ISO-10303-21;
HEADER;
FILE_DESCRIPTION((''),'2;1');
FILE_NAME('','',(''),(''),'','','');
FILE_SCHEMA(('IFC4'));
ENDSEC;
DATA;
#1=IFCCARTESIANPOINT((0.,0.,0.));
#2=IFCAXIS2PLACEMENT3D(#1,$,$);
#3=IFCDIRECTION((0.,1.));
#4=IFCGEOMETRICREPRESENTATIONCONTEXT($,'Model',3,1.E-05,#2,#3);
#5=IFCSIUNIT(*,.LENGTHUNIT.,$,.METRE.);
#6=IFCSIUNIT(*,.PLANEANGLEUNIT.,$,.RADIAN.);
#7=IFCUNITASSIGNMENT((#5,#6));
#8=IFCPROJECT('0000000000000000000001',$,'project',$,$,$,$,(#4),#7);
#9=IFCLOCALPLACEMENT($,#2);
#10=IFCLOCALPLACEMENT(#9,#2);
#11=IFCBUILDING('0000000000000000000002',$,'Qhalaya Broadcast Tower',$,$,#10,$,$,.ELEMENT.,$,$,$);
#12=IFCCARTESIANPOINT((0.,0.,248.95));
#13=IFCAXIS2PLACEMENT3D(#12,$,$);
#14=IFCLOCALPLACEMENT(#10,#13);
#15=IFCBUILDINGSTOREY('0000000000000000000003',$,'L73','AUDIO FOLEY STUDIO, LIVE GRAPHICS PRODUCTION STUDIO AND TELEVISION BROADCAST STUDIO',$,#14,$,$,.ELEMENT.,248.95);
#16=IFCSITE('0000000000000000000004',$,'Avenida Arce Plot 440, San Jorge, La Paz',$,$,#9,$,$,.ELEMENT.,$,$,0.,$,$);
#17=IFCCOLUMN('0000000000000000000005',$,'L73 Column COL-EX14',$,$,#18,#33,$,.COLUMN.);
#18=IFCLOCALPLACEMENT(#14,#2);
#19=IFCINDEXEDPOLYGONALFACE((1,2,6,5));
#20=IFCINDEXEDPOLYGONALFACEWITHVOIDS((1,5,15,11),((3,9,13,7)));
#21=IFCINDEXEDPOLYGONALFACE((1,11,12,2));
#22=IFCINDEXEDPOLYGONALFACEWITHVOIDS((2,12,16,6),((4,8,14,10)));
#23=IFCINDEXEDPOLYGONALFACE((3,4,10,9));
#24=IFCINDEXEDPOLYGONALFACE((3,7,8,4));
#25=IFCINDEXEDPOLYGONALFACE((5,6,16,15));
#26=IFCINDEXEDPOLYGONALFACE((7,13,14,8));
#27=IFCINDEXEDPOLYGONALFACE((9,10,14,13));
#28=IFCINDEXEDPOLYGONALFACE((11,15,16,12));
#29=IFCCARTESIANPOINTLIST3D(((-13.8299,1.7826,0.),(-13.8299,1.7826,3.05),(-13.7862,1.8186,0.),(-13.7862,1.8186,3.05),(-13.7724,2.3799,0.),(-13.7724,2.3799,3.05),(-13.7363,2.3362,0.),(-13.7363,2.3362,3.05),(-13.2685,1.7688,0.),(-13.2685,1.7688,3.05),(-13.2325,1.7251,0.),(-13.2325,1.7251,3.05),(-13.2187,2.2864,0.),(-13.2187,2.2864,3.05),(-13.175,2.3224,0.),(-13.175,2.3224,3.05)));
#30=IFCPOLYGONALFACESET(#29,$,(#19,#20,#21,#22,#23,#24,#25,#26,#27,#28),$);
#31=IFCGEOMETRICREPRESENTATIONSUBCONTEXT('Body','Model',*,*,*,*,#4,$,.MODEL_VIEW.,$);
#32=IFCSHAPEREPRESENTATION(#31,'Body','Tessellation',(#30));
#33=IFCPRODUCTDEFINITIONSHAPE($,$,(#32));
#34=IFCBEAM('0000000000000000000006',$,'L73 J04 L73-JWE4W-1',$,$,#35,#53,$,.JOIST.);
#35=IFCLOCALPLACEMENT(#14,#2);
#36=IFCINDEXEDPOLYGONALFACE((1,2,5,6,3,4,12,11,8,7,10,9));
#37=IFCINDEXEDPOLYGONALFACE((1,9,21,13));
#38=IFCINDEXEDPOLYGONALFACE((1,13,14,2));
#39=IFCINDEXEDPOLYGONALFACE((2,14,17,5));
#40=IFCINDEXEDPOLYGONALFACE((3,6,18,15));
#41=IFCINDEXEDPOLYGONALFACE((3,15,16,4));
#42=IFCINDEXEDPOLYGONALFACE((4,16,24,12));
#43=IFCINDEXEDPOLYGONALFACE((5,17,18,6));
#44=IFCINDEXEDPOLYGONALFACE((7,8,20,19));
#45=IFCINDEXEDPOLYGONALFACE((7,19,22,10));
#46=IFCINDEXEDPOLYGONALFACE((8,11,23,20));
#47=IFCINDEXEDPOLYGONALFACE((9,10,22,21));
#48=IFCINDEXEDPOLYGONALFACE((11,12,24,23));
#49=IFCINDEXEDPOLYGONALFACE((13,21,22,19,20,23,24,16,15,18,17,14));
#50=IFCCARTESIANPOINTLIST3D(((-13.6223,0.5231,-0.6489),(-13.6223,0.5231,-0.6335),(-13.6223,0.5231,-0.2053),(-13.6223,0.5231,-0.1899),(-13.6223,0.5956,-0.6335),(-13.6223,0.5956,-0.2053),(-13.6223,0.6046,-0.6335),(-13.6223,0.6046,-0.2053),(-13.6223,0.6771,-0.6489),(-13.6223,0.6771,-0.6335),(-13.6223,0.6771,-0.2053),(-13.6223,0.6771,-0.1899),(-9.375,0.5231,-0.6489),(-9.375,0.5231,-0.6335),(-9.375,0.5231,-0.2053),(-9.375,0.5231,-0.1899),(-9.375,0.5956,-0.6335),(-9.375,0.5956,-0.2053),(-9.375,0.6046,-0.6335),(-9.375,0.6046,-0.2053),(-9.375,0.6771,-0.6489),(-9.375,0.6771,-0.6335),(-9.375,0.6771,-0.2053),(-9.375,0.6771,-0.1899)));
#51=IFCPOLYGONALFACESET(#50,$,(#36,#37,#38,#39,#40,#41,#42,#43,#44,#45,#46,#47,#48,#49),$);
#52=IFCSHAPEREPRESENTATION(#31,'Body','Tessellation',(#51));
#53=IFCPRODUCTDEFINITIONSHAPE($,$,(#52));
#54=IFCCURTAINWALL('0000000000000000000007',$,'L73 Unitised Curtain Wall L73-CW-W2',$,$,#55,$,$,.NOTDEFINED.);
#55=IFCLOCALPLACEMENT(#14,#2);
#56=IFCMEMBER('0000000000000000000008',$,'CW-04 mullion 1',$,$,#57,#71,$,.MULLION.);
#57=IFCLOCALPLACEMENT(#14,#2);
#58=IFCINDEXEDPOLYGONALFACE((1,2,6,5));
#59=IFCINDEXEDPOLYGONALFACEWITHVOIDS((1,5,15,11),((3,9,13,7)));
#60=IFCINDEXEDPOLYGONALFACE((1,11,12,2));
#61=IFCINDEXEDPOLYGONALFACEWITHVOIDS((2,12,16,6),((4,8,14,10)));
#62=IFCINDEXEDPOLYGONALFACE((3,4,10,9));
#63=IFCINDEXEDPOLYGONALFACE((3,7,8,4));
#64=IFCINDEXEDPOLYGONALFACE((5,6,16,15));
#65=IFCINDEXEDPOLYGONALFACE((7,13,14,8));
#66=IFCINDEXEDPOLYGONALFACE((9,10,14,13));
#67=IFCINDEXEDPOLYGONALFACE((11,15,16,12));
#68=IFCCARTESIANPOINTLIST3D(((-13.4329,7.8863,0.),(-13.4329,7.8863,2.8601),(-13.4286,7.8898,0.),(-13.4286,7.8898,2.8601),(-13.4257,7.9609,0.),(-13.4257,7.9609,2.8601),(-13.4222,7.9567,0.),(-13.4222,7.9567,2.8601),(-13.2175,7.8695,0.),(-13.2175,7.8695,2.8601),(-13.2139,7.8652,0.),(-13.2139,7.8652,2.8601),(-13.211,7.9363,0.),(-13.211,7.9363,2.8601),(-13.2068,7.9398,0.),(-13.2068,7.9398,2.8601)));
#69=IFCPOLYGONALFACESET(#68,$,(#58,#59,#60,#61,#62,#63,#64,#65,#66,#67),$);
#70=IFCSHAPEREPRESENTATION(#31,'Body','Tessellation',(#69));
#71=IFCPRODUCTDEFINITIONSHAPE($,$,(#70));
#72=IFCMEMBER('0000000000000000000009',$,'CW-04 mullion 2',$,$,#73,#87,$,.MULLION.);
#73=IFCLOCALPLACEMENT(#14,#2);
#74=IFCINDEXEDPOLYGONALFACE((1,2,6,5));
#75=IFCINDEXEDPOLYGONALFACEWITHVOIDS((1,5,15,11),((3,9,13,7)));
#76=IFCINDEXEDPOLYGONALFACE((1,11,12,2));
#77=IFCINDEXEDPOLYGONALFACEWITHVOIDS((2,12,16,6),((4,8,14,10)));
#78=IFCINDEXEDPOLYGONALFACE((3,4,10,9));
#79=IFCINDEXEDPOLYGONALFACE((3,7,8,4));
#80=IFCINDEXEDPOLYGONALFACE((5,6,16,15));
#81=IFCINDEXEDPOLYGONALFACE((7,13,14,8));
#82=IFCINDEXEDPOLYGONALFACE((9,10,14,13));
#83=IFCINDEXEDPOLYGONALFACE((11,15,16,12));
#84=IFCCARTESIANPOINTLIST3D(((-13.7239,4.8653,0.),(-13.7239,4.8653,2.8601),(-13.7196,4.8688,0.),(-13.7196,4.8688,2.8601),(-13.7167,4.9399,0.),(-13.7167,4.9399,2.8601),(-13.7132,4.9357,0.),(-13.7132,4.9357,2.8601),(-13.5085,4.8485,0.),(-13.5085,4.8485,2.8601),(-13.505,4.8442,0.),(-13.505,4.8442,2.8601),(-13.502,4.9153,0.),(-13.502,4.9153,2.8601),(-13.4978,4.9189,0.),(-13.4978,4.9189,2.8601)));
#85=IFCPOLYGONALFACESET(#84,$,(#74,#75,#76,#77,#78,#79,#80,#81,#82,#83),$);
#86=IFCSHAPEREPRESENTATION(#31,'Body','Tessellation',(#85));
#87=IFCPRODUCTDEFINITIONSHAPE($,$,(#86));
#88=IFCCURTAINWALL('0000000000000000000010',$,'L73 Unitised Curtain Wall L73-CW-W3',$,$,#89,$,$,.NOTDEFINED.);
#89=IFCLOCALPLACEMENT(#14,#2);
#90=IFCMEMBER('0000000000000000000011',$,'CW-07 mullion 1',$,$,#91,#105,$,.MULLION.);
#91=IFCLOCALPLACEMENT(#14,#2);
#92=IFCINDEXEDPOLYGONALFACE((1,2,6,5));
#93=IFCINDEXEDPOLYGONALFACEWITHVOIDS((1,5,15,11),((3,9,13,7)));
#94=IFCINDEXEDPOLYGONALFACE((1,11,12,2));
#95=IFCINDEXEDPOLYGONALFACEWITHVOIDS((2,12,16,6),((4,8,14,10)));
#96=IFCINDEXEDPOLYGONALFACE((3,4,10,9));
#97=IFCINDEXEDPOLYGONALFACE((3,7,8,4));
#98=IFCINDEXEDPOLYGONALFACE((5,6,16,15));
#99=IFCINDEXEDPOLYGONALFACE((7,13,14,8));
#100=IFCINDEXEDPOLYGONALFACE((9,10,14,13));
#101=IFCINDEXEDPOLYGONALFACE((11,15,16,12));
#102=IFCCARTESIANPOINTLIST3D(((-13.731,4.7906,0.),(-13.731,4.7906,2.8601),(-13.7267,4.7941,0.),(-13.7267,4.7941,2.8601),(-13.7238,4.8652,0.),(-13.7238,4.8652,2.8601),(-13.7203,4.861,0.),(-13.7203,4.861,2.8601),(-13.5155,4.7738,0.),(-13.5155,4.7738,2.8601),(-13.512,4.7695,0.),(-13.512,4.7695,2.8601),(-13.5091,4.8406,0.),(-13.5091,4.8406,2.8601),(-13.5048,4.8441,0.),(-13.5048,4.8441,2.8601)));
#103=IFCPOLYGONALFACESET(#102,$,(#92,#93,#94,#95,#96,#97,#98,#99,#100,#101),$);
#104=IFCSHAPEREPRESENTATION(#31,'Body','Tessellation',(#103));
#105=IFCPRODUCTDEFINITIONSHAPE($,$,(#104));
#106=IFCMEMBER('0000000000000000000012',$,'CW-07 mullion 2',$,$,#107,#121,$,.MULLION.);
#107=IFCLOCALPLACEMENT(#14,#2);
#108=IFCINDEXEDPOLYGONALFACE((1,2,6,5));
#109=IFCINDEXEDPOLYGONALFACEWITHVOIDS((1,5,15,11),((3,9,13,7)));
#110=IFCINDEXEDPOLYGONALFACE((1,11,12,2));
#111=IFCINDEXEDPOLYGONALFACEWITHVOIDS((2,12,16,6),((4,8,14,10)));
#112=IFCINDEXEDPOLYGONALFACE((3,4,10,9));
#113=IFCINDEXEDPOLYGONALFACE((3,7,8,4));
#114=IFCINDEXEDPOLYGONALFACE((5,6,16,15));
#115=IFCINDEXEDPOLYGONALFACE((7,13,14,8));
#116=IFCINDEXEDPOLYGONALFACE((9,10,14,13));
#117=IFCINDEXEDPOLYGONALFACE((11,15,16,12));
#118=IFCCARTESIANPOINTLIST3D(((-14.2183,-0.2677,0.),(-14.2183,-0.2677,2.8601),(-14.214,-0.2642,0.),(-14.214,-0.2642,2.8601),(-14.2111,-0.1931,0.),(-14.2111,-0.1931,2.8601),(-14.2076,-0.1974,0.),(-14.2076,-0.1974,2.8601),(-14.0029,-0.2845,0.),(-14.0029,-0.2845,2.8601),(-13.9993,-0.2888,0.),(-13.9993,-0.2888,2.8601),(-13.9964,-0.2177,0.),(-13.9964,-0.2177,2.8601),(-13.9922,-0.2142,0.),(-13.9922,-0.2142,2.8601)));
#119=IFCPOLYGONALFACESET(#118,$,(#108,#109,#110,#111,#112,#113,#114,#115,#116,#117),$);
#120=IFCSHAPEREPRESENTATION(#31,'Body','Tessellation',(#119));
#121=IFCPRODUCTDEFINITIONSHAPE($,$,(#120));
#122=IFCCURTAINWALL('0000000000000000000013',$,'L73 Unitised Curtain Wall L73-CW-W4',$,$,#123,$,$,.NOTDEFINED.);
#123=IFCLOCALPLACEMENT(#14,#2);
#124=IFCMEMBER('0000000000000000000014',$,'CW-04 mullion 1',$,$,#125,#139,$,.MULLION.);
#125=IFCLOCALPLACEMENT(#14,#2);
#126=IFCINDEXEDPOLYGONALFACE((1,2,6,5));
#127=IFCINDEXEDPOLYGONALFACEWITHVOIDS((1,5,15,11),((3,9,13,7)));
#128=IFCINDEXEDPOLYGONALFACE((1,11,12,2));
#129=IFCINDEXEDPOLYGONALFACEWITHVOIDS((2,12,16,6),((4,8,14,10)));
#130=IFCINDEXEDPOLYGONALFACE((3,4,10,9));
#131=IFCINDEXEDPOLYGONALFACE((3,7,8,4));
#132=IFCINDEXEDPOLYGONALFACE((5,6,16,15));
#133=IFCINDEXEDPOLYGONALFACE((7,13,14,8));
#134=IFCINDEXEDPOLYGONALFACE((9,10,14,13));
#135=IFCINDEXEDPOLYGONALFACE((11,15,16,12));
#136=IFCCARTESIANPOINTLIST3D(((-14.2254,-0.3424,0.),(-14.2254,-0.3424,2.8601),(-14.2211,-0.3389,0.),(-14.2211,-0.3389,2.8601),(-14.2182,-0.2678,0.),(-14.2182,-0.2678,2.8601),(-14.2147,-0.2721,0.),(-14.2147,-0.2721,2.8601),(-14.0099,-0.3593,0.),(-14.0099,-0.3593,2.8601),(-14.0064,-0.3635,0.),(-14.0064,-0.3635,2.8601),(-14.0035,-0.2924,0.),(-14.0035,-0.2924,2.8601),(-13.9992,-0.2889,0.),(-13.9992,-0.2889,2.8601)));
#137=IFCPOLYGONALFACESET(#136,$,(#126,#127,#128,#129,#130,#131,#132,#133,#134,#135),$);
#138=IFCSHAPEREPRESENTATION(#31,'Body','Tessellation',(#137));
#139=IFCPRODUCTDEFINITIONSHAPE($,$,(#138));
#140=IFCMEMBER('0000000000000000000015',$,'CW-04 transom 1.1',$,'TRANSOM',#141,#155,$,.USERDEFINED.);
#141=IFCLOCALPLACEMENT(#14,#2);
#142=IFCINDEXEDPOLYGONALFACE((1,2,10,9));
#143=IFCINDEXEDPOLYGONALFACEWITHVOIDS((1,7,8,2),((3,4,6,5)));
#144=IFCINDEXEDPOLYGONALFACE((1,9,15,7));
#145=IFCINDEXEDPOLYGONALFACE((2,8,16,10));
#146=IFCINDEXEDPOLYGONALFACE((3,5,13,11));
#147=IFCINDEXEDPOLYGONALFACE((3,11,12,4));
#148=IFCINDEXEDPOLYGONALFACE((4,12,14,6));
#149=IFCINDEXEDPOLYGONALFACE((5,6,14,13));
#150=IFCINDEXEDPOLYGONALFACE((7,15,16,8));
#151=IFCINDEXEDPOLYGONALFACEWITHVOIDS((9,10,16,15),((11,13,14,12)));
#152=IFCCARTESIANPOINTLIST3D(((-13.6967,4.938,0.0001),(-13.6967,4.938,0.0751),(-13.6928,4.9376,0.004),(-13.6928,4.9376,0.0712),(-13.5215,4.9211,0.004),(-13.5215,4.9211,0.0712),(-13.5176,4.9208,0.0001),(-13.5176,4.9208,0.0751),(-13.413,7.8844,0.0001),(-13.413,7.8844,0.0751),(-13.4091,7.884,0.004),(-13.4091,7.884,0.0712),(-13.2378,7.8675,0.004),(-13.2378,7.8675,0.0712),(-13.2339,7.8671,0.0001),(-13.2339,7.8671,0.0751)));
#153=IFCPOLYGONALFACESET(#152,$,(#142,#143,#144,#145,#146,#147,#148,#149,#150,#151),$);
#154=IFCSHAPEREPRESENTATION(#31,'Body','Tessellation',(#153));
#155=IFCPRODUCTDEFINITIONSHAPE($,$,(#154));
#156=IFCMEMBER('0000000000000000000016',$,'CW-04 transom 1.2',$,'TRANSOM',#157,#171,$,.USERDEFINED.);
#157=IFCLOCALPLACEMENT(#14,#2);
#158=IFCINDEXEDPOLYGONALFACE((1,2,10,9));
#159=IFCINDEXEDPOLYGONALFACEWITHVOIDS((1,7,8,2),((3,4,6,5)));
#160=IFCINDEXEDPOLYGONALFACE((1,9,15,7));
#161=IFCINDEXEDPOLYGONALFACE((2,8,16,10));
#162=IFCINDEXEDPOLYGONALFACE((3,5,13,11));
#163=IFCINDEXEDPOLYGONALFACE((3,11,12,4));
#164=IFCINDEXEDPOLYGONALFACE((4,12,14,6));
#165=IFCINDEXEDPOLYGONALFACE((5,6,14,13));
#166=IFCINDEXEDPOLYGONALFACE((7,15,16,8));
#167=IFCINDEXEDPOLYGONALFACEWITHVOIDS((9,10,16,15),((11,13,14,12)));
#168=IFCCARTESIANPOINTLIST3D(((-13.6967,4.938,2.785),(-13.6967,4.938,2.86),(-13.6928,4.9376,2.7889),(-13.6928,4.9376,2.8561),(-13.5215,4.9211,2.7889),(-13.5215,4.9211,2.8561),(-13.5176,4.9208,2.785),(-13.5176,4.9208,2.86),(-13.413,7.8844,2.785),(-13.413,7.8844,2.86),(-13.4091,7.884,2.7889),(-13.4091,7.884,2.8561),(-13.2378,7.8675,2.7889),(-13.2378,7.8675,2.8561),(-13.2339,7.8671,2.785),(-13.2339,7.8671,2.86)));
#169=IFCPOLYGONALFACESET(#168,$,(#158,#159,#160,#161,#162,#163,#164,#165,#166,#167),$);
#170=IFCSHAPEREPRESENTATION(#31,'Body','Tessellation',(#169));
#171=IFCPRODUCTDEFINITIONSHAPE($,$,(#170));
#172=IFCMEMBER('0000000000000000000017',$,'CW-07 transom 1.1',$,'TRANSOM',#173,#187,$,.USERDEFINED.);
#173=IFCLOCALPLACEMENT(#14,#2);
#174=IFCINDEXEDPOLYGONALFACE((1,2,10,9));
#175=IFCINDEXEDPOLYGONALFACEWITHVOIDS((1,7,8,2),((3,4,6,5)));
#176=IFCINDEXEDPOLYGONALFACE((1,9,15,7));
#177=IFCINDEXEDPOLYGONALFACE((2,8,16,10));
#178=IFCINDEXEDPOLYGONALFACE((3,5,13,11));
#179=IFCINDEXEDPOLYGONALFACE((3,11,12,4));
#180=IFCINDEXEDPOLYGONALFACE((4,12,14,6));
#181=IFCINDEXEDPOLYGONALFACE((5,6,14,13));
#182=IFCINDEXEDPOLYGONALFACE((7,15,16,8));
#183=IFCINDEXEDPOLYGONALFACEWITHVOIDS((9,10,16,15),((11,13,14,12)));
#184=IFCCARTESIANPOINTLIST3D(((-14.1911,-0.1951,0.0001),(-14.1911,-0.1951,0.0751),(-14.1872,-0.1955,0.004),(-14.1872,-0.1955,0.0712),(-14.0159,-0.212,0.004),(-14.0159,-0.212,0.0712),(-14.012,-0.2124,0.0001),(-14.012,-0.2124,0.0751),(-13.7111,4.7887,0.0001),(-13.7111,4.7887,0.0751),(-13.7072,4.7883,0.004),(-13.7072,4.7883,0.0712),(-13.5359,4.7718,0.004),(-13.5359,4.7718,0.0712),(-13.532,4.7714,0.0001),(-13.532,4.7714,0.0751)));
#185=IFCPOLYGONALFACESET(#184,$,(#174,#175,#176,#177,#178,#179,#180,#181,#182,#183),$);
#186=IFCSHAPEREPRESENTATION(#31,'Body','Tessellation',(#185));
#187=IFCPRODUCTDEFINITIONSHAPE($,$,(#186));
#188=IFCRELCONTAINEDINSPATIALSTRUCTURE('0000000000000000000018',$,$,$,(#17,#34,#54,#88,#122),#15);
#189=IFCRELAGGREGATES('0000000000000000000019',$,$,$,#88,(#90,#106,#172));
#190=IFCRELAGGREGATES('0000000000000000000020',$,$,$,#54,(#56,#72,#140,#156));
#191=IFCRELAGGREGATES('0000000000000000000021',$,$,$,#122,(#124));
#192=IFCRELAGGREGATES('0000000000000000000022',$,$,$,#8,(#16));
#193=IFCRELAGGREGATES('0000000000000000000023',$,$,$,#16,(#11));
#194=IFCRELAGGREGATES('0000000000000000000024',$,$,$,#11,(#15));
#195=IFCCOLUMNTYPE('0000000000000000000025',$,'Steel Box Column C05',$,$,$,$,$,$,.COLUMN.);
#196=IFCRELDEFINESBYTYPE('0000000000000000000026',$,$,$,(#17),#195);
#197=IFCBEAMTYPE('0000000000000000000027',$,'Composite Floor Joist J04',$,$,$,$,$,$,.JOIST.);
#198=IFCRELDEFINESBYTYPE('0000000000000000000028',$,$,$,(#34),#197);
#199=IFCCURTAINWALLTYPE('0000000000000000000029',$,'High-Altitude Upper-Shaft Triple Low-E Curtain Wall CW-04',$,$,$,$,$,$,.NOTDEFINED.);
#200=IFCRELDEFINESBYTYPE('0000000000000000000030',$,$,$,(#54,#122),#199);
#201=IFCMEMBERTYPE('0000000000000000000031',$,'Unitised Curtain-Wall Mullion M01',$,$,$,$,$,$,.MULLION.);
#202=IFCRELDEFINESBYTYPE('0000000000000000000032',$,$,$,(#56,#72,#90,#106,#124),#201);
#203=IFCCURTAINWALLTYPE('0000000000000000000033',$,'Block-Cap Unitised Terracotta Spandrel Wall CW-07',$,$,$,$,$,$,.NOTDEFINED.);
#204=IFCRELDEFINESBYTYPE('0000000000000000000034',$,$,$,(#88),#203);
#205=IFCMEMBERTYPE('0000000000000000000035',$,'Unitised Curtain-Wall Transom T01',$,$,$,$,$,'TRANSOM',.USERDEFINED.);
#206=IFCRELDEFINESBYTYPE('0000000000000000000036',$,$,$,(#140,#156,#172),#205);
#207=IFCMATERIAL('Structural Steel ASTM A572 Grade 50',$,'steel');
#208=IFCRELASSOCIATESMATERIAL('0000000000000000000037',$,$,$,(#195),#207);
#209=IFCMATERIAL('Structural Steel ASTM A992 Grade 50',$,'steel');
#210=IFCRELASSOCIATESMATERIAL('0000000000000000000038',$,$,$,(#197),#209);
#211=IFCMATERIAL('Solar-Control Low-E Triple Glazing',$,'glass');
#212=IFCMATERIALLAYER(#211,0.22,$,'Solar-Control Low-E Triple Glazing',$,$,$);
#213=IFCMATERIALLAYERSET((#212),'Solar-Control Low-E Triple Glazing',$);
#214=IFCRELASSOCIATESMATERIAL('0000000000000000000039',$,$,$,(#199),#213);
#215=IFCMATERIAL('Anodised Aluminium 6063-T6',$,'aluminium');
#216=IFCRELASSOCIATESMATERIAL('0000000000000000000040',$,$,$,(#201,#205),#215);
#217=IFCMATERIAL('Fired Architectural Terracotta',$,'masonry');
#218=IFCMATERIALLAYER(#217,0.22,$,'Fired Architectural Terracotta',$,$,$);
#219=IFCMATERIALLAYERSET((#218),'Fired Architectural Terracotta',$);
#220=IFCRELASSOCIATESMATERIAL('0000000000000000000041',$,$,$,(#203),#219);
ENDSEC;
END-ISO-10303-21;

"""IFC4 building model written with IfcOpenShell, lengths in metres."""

from ifc_helpers import new_model, si_unit, direction, frame, origin, origin_2d, place, context, subcontext, project, spatial, hollow_rectangle, i_section, extrude, material, layer, layer_set, material_profile, profile_set, type_object, element, aggregate, save


model = new_model("IFC4")

# Units and contexts
model_context = context("Model", 3, precision=1e-05, world=origin(), true_north=direction((0.0, 1.0)))
body_context = subcontext(model_context, "Body", "Model", "MODEL_VIEW")
ifc_project = project(units=[si_unit("LENGTHUNIT", "METRE"), si_unit("PLANEANGLEUNIT", "RADIAN")], contexts=[model_context])

# Site, building, storey
site_placement = place(None, origin())
site = spatial("IfcSite", under=ifc_project, at=site_placement, Name="Avenida Arce Plot 440, San Jorge, La Paz", CompositionType="ELEMENT", RefElevation=0.0)
building_placement = place(site_placement, origin())
building = spatial("IfcBuilding", under=site, at=building_placement, Name="Qhalaya Broadcast Tower", CompositionType="ELEMENT")
storey_placement = place(building_placement, frame((0.0, 0.0, 248.95)))
storey = spatial("IfcBuildingStorey", under=building, at=storey_placement, Name="L73", Description="AUDIO FOLEY STUDIO, LIVE GRAPHICS PRODUCTION STUDIO AND TELEVISION BROADCAST STUDIO", CompositionType="ELEMENT", Elevation=248.95)

# Column
ifc_material_1 = material(Name="Structural Steel ASTM A572 Grade 50", Category="steel")
ifc_material_profile_1 = material_profile(ifc_material_1, hollow_rectangle(XDim=0.6001, YDim=0.6001, WallThickness=0.04, at=origin_2d()), Name="BOX 600x600x40")
ifc_profile_set_1 = profile_set([ifc_material_profile_1], Name="Structural Steel ASTM A572 Grade 50")
column_type = type_object("IfcColumnType", Name="Steel Box Column C05", PredefinedType="COLUMN", material=ifc_profile_set_1)
column_placement = place(storey_placement, frame((-13.5024, 2.0525, 0.0), z_axis=(0.0, 0.0, 1.0), x_axis=(0.095846, 0.995396, 0.0)))
element("IfcColumn", 1, at=column_placement, inside=storey, type_object=column_type, Name="L73 Column COL-EX14", PredefinedType="COLUMN", context=body_context, shape_type="SweptSolid", body=[
    extrude(hollow_rectangle(XDim=0.6001, YDim=0.6001, WallThickness=0.04, at=origin_2d()), origin(), (0.0, 0.0, 1.0), 3.05),
])

# Beam
ifc_material_2 = material(Name="Structural Steel ASTM A992 Grade 50", Category="steel")
ifc_material_profile_2 = material_profile(ifc_material_2, i_section(OverallWidth=0.1541, OverallDepth=0.459, WebThickness=0.009, FlangeThickness=0.0154, at=origin_2d()), Name="W18X46")
ifc_profile_set_2 = profile_set([ifc_material_profile_2], Name="Structural Steel ASTM A992 Grade 50")
beam_type_1 = type_object("IfcBeamType", Name="Composite Floor Joist J04", PredefinedType="JOIST", material=ifc_profile_set_2)
beam_1_placement = place(storey_placement, frame((-13.6223, 0.6001, -0.4194), z_axis=(1.0, 0.0, 0.0), x_axis=(0.0, 1.0, 0.0)))
element("IfcBeam", 2, at=beam_1_placement, inside=storey, type_object=beam_type_1, Name="L73 J04 L73-JWE4W-1", PredefinedType="JOIST", context=body_context, shape_type="SweptSolid", body=[
    extrude(i_section(OverallWidth=0.1541, OverallDepth=0.459, WebThickness=0.009, FlangeThickness=0.0154, at=origin_2d()), origin(), (0.0, 0.0, 1.0), 4.2473),
])

# Curtain walls, members
ifc_material_3 = material(Name="Solar-Control Low-E Triple Glazing", Category="glass")
ifc_layer_1 = layer(ifc_material_3, 0.22, Name="Solar-Control Low-E Triple Glazing")
ifc_layer_set_1 = layer_set([ifc_layer_1], Name="Solar-Control Low-E Triple Glazing")
curtain_wall_type_1 = type_object("IfcCurtainWallType", Name="High-Altitude Upper-Shaft Triple Low-E Curtain Wall CW-04", PredefinedType="NOTDEFINED", material=ifc_layer_set_1)
curtain_wall_1_placement = place(storey_placement, origin())
curtain_wall_1 = element("IfcCurtainWall", 3, at=curtain_wall_1_placement, inside=storey, type_object=curtain_wall_type_1, Name="L73 Unitised Curtain Wall L73-CW-W2", PredefinedType="NOTDEFINED")
ifc_material_4 = material(Name="Anodised Aluminium 6063-T6", Category="aluminium")
ifc_material_profile_3 = material_profile(ifc_material_4, hollow_rectangle(XDim=0.075, YDim=0.22, WallThickness=0.0039, at=origin_2d()), Name="ALU-MUL 75x220x4")
ifc_profile_set_3 = profile_set([ifc_material_profile_3], Name="Anodised Aluminium 6063-T6")
member_type_1 = type_object("IfcMemberType", Name="Unitised Curtain-Wall Mullion M01", PredefinedType="MULLION", material=ifc_profile_set_3)
member_1_placement = place(storey_placement, frame((-13.3198, 7.9131, 0.0), z_axis=(0.0, 0.0, 1.0), x_axis=(-0.095851, -0.995396, 0.0)))
member_1 = element("IfcMember", 4, at=member_1_placement, type_object=member_type_1, Name="CW-04 mullion 1", PredefinedType="MULLION", context=body_context, shape_type="SweptSolid", body=[
    extrude(hollow_rectangle(XDim=0.075, YDim=0.22, WallThickness=0.0039, at=origin_2d()), origin(), (0.0, 0.0, 1.0), 2.8601),
])
member_2_placement = place(storey_placement, frame((-13.6108, 4.8921, 0.0), z_axis=(0.0, 0.0, 1.0), x_axis=(-0.095851, -0.995396, 0.0)))
member_2 = element("IfcMember", 5, at=member_2_placement, type_object=member_type_1, Name="CW-04 mullion 2", PredefinedType="MULLION", context=body_context, shape_type="SweptSolid", body=[
    extrude(hollow_rectangle(XDim=0.075, YDim=0.22, WallThickness=0.0039, at=origin_2d()), origin(), (0.0, 0.0, 1.0), 2.8601),
])
ifc_material_5 = material(Name="Fired Architectural Terracotta", Category="masonry")
ifc_layer_2 = layer(ifc_material_5, 0.22, Name="Fired Architectural Terracotta")
ifc_layer_set_2 = layer_set([ifc_layer_2], Name="Fired Architectural Terracotta")
curtain_wall_type_2 = type_object("IfcCurtainWallType", Name="Block-Cap Unitised Terracotta Spandrel Wall CW-07", PredefinedType="NOTDEFINED", material=ifc_layer_set_2)
curtain_wall_2_placement = place(storey_placement, origin())
curtain_wall_2 = element("IfcCurtainWall", 6, at=curtain_wall_2_placement, inside=storey, type_object=curtain_wall_type_2, Name="L73 Unitised Curtain Wall L73-CW-W3", PredefinedType="NOTDEFINED")
member_3_placement = place(storey_placement, frame((-13.6179, 4.8174, 0.0), z_axis=(0.0, 0.0, 1.0), x_axis=(-0.095851, -0.995396, 0.0)))
member_3 = element("IfcMember", 7, at=member_3_placement, type_object=member_type_1, Name="CW-07 mullion 1", PredefinedType="MULLION", context=body_context, shape_type="SweptSolid", body=[
    extrude(hollow_rectangle(XDim=0.075, YDim=0.22, WallThickness=0.0039, at=origin_2d()), origin(), (0.0, 0.0, 1.0), 2.8601),
])
member_4_placement = place(storey_placement, frame((-14.1052, -0.241, 0.0), z_axis=(0.0, 0.0, 1.0), x_axis=(-0.095851, -0.995396, 0.0)))
member_4 = element("IfcMember", 8, at=member_4_placement, type_object=member_type_1, Name="CW-07 mullion 2", PredefinedType="MULLION", context=body_context, shape_type="SweptSolid", body=[
    extrude(hollow_rectangle(XDim=0.075, YDim=0.22, WallThickness=0.0039, at=origin_2d()), origin(), (0.0, 0.0, 1.0), 2.8601),
])

# Curtain wall, member
curtain_wall_3_placement = place(storey_placement, origin())
curtain_wall_3 = element("IfcCurtainWall", 9, at=curtain_wall_3_placement, inside=storey, type_object=curtain_wall_type_1, Name="L73 Unitised Curtain Wall L73-CW-W4", PredefinedType="NOTDEFINED")
member_5_placement = place(storey_placement, frame((-14.1123, -0.3157, 0.0), z_axis=(0.0, 0.0, 1.0), x_axis=(-0.09582, -0.995399, 0.0)))
member_5 = element("IfcMember", 10, at=member_5_placement, type_object=member_type_1, Name="CW-04 mullion 1", PredefinedType="MULLION", context=body_context, shape_type="SweptSolid", body=[
    extrude(hollow_rectangle(XDim=0.075, YDim=0.22, WallThickness=0.0039, at=origin_2d()), origin(), (0.0, 0.0, 1.0), 2.8601),
])

# Members
ifc_material_profile_4 = material_profile(ifc_material_4, hollow_rectangle(XDim=0.075, YDim=0.1799, WallThickness=0.0039, at=origin_2d()), Name="ALU-TRN 75x180x4")
ifc_profile_set_4 = profile_set([ifc_material_profile_4], Name="Anodised Aluminium 6063-T6")
member_type_2 = type_object("IfcMemberType", Name="Unitised Curtain-Wall Transom T01", ElementType="TRANSOM", PredefinedType="USERDEFINED", material=ifc_profile_set_4)
member_6_placement = place(storey_placement, frame((-13.3235, 7.8757, 0.0376), z_axis=(-0.095844, -0.995396, 0.0), x_axis=(0.0, 0.0, 1.0)))
member_6 = element("IfcMember", 11, at=member_6_placement, type_object=member_type_2, Name="CW-04 transom 1.1", ObjectType="TRANSOM", PredefinedType="USERDEFINED", context=body_context, shape_type="SweptSolid", body=[
    extrude(hollow_rectangle(XDim=0.075, YDim=0.1799, WallThickness=0.0039, at=origin_2d()), origin(), (0.0, 0.0, 1.0), 2.96),
])
member_7_placement = place(storey_placement, frame((-13.3235, 7.8757, 2.8225), z_axis=(-0.095844, -0.995396, 0.0), x_axis=(0.0, 0.0, 1.0)))
member_7 = element("IfcMember", 12, at=member_7_placement, type_object=member_type_2, Name="CW-04 transom 1.2", ObjectType="TRANSOM", PredefinedType="USERDEFINED", context=body_context, shape_type="SweptSolid", body=[
    extrude(hollow_rectangle(XDim=0.075, YDim=0.1799, WallThickness=0.0039, at=origin_2d()), origin(), (0.0, 0.0, 1.0), 2.96),
])
member_8_placement = place(storey_placement, frame((-13.6216, 4.78, 0.0376), z_axis=(-0.095863, -0.995395, 0.0), x_axis=(0.0, 0.0, 1.0)))
member_8 = element("IfcMember", 13, at=member_8_placement, type_object=member_type_2, Name="CW-07 transom 1.1", ObjectType="TRANSOM", PredefinedType="USERDEFINED", context=body_context, shape_type="SweptSolid", body=[
    extrude(hollow_rectangle(XDim=0.075, YDim=0.1799, WallThickness=0.0039, at=origin_2d()), origin(), (0.0, 0.0, 1.0), 5.0068),
])

aggregate(curtain_wall_2, [member_3, member_4, member_8])
aggregate(curtain_wall_1, [member_1, member_2, member_6, member_7])
aggregate(curtain_wall_3, [member_5])

save(model, "model.ifc")
